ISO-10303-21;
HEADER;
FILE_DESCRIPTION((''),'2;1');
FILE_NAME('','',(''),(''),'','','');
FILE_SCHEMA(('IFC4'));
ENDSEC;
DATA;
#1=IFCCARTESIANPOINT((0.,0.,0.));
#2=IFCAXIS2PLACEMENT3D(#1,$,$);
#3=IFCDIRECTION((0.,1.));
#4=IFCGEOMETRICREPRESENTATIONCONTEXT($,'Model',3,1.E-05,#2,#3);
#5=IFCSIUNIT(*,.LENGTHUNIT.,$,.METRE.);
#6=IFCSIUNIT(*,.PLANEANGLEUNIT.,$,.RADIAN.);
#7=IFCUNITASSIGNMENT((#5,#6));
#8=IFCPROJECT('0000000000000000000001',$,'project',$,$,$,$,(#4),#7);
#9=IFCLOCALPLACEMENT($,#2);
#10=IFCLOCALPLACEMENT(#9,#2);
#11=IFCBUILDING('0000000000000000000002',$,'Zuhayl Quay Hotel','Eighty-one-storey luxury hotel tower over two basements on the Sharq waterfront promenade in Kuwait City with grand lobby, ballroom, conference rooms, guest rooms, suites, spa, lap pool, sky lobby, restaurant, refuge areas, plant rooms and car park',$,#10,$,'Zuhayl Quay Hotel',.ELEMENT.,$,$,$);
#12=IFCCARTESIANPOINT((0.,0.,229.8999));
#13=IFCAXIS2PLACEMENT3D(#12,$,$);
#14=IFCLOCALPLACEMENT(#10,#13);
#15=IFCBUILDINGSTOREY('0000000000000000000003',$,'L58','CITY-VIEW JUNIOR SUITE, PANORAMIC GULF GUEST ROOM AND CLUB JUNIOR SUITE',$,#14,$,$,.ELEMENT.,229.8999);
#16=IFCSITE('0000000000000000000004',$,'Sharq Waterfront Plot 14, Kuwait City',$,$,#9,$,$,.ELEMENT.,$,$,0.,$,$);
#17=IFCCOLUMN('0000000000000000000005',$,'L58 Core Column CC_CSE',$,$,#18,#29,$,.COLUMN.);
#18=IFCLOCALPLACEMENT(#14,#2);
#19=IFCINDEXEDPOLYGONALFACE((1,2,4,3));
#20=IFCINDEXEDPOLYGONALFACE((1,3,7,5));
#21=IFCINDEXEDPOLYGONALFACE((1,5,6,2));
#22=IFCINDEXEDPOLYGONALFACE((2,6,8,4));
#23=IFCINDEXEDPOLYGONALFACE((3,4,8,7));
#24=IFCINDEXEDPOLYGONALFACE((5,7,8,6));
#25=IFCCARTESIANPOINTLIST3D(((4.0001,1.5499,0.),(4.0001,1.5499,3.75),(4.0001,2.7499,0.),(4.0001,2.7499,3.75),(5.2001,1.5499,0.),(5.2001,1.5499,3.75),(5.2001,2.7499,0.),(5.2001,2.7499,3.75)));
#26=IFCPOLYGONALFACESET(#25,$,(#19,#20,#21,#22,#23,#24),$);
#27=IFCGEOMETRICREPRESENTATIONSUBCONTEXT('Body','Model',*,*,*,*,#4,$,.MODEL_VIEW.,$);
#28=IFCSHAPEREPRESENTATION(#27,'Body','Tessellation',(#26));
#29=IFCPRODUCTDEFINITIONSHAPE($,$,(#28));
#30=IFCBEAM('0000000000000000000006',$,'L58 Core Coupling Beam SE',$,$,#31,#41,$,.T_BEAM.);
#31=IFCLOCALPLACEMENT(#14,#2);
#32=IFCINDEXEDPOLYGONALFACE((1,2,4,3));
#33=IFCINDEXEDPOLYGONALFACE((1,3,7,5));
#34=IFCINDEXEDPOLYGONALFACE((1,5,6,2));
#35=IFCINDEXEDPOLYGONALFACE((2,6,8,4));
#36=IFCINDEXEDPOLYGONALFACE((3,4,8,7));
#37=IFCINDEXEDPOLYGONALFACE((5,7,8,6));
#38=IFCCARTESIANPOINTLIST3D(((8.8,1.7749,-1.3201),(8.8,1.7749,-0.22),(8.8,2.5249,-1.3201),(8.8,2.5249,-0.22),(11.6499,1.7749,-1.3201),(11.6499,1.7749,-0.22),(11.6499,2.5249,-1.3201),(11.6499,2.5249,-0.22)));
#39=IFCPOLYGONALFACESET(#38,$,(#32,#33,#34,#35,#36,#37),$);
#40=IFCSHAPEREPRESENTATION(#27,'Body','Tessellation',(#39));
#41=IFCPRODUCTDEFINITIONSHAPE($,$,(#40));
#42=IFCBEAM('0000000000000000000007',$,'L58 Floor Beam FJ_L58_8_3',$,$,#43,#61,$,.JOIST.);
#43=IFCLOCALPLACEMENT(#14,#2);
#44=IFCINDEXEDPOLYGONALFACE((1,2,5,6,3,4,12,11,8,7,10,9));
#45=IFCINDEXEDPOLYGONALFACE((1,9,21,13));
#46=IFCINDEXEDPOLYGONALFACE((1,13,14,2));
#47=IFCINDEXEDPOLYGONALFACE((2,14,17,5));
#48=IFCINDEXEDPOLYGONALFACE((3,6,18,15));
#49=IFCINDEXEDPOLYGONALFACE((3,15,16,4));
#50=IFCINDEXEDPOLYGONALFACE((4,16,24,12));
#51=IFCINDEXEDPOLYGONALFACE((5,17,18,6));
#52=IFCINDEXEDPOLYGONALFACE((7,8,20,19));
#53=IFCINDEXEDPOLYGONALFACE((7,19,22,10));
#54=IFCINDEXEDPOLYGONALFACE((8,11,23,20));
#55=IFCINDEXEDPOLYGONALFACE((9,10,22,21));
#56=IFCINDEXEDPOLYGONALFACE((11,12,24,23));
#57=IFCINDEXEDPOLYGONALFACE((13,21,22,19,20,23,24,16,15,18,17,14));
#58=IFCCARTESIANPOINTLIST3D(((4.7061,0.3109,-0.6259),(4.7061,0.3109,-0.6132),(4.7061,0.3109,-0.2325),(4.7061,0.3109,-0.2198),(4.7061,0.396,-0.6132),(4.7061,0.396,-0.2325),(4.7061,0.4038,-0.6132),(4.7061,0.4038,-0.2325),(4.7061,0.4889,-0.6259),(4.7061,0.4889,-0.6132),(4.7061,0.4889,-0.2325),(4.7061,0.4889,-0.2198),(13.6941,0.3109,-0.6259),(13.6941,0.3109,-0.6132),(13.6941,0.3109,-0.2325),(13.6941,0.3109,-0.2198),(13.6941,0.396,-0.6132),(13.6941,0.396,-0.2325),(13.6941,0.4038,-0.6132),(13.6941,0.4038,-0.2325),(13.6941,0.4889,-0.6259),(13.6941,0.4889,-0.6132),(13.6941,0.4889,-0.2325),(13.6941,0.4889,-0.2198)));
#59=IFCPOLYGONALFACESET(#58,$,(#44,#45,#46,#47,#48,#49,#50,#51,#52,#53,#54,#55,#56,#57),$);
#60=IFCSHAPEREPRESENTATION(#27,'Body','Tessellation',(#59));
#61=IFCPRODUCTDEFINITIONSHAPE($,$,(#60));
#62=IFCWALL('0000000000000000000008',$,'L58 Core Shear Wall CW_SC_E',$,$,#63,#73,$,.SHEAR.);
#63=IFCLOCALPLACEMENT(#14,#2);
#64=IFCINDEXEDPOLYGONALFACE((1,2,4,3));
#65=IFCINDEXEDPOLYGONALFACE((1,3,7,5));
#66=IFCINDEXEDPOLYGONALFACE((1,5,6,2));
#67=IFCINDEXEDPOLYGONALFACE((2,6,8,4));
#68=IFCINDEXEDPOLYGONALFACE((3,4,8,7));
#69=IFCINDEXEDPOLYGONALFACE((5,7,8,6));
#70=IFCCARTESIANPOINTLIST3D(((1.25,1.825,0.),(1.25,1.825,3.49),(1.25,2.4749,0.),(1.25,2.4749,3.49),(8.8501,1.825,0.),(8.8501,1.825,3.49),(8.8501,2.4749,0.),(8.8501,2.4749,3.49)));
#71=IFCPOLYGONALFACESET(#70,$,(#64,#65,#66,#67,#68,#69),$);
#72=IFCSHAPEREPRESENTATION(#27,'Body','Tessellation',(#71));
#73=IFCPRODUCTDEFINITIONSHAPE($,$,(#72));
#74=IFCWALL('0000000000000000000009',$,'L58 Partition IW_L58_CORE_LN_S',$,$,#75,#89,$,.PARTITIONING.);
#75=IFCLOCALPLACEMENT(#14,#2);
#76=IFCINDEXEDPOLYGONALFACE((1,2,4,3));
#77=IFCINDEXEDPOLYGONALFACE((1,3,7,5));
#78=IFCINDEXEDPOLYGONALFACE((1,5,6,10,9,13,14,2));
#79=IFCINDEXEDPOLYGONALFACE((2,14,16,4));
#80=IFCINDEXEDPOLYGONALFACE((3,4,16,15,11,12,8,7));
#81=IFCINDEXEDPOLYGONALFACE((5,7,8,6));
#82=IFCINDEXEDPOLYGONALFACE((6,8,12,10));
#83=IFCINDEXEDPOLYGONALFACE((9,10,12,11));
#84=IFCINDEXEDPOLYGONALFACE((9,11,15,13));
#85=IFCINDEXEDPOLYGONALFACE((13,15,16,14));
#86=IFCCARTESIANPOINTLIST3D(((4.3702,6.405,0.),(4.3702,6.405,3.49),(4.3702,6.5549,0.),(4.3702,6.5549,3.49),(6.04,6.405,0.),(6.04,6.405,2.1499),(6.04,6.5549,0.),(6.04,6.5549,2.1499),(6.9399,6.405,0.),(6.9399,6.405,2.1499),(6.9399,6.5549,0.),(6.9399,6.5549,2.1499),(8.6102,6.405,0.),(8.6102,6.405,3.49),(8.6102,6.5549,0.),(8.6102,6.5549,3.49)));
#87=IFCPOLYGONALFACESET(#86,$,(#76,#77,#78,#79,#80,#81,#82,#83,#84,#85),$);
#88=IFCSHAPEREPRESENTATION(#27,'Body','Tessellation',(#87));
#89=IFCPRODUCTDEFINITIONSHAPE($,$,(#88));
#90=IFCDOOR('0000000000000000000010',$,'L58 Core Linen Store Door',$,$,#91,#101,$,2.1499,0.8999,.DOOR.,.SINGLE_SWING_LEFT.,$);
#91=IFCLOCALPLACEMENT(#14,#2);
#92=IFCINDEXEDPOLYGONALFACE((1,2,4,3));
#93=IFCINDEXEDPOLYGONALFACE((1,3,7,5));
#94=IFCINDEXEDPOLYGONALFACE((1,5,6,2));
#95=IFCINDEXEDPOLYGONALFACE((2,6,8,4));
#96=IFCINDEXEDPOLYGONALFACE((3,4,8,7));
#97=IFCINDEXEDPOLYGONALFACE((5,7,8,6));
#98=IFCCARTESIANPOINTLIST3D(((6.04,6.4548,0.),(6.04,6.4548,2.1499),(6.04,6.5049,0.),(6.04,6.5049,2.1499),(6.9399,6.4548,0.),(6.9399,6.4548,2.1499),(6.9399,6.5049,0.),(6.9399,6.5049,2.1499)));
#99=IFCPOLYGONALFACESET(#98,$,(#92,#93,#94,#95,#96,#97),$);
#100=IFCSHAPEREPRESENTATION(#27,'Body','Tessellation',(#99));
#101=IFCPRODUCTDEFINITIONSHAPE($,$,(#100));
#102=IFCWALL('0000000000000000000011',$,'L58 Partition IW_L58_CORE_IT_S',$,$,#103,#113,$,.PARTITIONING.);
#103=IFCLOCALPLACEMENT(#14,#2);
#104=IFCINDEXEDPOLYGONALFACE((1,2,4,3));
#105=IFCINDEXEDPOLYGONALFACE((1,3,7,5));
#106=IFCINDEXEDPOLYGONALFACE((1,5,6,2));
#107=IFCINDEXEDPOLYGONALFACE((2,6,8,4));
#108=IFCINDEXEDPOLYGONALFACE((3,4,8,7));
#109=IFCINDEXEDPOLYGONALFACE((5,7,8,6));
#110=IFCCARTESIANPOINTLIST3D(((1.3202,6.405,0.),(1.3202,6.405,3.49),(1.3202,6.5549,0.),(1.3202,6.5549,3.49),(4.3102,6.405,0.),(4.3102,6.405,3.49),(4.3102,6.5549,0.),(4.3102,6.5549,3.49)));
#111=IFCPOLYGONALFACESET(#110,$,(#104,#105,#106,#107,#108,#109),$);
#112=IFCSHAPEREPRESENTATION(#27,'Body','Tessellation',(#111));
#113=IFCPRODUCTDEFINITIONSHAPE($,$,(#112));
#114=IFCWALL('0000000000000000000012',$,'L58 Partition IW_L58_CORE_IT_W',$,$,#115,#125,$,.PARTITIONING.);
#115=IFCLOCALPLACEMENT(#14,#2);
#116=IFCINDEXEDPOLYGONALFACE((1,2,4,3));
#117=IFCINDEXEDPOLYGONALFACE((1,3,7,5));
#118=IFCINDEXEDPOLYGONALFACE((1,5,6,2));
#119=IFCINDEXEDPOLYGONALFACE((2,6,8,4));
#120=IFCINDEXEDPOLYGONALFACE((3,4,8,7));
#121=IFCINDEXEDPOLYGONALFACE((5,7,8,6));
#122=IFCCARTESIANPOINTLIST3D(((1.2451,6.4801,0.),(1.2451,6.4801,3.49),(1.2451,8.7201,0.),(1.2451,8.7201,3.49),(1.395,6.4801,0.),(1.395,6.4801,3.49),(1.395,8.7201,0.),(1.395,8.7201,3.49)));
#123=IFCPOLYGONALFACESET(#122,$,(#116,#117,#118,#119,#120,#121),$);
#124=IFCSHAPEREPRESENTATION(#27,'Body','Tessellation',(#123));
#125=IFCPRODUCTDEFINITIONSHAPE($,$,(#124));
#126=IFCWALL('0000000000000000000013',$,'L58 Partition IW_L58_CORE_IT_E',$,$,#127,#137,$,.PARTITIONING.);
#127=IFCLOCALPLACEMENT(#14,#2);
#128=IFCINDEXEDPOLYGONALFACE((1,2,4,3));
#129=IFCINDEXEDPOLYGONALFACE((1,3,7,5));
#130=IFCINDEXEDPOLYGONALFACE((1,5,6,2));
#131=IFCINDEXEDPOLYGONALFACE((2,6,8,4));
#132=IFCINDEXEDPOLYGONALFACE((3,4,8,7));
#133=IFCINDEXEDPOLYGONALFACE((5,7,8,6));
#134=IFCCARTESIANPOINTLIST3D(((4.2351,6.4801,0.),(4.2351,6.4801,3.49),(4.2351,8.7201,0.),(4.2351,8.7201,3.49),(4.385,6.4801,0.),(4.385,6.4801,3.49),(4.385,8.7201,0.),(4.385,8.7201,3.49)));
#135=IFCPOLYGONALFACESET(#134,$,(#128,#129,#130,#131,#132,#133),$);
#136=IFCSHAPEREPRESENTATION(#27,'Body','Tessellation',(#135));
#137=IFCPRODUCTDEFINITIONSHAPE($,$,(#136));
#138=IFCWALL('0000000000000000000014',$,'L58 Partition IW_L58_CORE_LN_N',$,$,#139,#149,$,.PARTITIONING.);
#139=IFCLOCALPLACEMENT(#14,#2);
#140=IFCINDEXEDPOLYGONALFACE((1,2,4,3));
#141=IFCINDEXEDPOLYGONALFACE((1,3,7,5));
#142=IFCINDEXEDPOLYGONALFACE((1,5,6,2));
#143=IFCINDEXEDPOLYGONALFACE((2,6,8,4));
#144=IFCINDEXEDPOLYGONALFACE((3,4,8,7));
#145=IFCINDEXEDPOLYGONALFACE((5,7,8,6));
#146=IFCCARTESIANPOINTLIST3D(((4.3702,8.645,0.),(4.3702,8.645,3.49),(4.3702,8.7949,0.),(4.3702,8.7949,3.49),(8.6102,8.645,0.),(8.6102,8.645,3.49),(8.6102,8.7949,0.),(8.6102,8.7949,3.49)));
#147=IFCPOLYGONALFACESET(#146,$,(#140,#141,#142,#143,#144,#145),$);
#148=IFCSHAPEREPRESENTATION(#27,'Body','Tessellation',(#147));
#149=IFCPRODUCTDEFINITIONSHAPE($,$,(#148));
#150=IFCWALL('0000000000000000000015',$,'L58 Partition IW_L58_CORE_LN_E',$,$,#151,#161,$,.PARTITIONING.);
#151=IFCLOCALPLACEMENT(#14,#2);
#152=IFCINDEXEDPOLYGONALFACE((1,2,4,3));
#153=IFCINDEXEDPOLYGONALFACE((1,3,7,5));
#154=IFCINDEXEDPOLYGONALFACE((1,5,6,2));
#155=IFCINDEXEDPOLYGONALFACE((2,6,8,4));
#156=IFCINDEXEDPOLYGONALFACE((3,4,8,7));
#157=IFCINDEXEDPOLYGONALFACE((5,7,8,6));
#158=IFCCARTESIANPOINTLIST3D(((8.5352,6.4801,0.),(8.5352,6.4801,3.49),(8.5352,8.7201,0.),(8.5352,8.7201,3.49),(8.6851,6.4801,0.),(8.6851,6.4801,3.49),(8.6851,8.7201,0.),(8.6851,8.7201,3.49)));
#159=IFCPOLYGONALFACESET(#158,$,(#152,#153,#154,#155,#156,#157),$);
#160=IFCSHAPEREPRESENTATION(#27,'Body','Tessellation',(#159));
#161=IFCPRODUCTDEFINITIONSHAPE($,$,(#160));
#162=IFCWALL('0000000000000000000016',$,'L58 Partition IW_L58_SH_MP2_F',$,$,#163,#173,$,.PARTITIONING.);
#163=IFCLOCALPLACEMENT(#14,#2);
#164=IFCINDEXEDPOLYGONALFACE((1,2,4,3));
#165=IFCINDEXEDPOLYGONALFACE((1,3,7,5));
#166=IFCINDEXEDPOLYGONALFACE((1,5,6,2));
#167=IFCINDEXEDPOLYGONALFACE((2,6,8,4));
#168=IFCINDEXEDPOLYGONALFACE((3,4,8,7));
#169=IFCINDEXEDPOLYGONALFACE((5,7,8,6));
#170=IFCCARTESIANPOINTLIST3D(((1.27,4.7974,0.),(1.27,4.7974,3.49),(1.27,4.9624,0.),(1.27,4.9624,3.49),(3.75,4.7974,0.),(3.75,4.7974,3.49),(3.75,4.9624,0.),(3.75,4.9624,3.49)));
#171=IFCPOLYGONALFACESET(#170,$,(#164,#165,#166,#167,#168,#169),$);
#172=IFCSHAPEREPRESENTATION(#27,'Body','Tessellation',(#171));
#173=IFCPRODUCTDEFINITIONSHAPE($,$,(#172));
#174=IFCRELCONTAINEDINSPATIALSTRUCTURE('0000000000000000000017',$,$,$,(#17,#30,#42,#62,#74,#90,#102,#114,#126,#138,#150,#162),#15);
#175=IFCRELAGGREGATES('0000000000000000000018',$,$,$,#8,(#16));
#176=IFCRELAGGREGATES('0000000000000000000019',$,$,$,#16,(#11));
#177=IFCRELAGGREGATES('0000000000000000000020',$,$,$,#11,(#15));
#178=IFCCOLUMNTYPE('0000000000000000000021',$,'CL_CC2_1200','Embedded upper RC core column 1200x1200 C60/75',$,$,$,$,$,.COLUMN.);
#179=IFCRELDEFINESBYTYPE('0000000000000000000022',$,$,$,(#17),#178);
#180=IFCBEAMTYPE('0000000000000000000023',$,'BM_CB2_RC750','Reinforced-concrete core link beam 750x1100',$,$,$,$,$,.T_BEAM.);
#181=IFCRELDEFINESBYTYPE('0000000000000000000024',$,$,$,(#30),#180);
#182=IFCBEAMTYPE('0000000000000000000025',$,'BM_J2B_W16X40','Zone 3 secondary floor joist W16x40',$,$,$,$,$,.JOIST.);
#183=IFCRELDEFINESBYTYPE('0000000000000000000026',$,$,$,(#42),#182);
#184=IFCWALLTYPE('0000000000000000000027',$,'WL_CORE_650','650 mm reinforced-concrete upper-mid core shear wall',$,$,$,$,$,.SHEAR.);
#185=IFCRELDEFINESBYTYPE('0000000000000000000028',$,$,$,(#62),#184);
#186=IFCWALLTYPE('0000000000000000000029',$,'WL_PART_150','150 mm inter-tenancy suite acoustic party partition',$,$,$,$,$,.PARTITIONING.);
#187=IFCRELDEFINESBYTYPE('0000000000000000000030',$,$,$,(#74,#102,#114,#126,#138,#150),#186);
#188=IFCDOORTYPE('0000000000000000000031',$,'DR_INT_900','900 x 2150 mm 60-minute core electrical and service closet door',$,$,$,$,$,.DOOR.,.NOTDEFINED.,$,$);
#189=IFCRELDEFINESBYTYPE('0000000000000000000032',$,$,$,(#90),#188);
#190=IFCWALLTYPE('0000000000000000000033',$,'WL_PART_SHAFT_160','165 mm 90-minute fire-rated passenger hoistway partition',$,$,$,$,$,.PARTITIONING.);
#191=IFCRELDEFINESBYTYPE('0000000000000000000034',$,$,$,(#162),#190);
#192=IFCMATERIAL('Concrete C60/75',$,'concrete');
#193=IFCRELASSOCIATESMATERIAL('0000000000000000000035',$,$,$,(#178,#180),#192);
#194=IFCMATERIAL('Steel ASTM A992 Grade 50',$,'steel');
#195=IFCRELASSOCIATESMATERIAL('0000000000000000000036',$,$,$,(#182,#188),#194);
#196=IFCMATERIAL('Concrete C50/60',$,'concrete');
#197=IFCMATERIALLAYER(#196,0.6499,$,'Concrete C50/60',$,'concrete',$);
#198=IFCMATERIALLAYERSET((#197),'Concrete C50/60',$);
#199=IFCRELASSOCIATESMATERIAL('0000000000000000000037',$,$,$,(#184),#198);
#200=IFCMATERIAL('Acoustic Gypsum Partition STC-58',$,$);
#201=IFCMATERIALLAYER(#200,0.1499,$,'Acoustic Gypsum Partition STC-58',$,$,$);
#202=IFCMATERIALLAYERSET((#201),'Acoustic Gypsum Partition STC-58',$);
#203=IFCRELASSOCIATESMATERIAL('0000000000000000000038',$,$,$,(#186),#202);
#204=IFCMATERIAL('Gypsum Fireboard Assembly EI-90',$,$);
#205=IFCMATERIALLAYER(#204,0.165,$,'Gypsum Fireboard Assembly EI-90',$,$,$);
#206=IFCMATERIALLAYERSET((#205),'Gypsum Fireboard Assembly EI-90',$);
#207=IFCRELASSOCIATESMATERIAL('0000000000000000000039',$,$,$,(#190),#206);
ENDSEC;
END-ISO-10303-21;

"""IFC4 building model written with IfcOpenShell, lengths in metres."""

from ifc_helpers import new_model, si_unit, direction, frame, frame_2d, origin, origin_2d, place, context, subcontext, project, spatial, rectangle, i_section, extrude, material, layer, layer_set, material_profile, profile_set, type_object, element, fill, save


model = new_model("IFC4")

# Units and contexts
model_context = context("Model", 3, precision=1e-05, world=origin(), true_north=direction((0.0, 1.0)))
body_context = subcontext(model_context, "Body", "Model", "MODEL_VIEW")
ifc_project = project(units=[si_unit("LENGTHUNIT", "METRE"), si_unit("PLANEANGLEUNIT", "RADIAN")], contexts=[model_context])

# Site, building, storey
site_placement = place(None, origin())
site = spatial("IfcSite", under=ifc_project, at=site_placement, Name="Sharq Waterfront Plot 14, Kuwait City", CompositionType="ELEMENT", RefElevation=0.0)
building_placement = place(site_placement, origin())
building = spatial("IfcBuilding", under=site, at=building_placement, Name="Zuhayl Quay Hotel", Description="Eighty-one-storey luxury hotel tower over two basements on the Sharq waterfront promenade in Kuwait City with grand lobby, ballroom, conference rooms, guest rooms, suites, spa, lap pool, sky lobby, restaurant, refuge areas, plant rooms and car park", LongName="Zuhayl Quay Hotel", CompositionType="ELEMENT")
storey_placement = place(building_placement, frame((0.0, 0.0, 229.8999)))
storey = spatial("IfcBuildingStorey", under=building, at=storey_placement, Name="L58", Description="CITY-VIEW JUNIOR SUITE, PANORAMIC GULF GUEST ROOM AND CLUB JUNIOR SUITE", CompositionType="ELEMENT", Elevation=229.8999)

# Column
ifc_material_1 = material(Name="Concrete C60/75", Category="concrete")
ifc_material_profile_1 = material_profile(ifc_material_1, rectangle(XDim=1.2, YDim=1.2, at=origin_2d()), Name="RC1200X1200")
ifc_profile_set_1 = profile_set([ifc_material_profile_1], Name="Concrete C60/75")
column_type = type_object("IfcColumnType", Name="CL_CC2_1200", Description="Embedded upper RC core column 1200x1200 C60/75", PredefinedType="COLUMN", material=ifc_profile_set_1)
column_placement = place(storey_placement, frame((4.6001, 2.1499, 0.0), z_axis=(0.0, 0.0, 1.0), x_axis=(1.0, 0.0, 0.0)))
element("IfcColumn", 1, at=column_placement, inside=storey, type_object=column_type, Name="L58 Core Column CC_CSE", PredefinedType="COLUMN", context=body_context, shape_type="SweptSolid", body=[
    extrude(rectangle(XDim=1.2, YDim=1.2, at=origin_2d()), origin(), (0.0, 0.0, 1.0), 3.75),
])

# Beams
ifc_material_profile_2 = material_profile(ifc_material_1, rectangle(XDim=0.75, YDim=1.1001, at=origin_2d()), Name="RC750X1100")
ifc_profile_set_2 = profile_set([ifc_material_profile_2], Name="Concrete C60/75")
beam_type_1 = type_object("IfcBeamType", Name="BM_CB2_RC750", Description="Reinforced-concrete core link beam 750x1100", PredefinedType="T_BEAM", material=ifc_profile_set_2)
beam_1_placement = place(storey_placement, frame((8.8, 2.1499, -0.77), z_axis=(1.0, 0.0, 0.0), x_axis=(0.0, 1.0, 0.0)))
element("IfcBeam", 2, at=beam_1_placement, inside=storey, type_object=beam_type_1, Name="L58 Core Coupling Beam SE", PredefinedType="T_BEAM", context=body_context, shape_type="SweptSolid", body=[
    extrude(rectangle(XDim=0.75, YDim=1.1001, at=origin_2d()), origin(), (0.0, 0.0, 1.0), 2.8499),
])
ifc_material_2 = material(Name="Steel ASTM A992 Grade 50", Category="steel")
ifc_material_profile_3 = material_profile(ifc_material_2, i_section(OverallWidth=0.178, OverallDepth=0.406, WebThickness=0.0078, FlangeThickness=0.0127, at=origin_2d()), Name="W16X40")
ifc_profile_set_3 = profile_set([ifc_material_profile_3], Name="Steel ASTM A992 Grade 50")
beam_type_2 = type_object("IfcBeamType", Name="BM_J2B_W16X40", Description="Zone 3 secondary floor joist W16x40", PredefinedType="JOIST", material=ifc_profile_set_3)
beam_2_placement = place(storey_placement, frame((4.7061, 0.3999, -0.4229), z_axis=(1.0, 0.0, 0.0), x_axis=(0.0, 1.0, 0.0)))
element("IfcBeam", 3, at=beam_2_placement, inside=storey, type_object=beam_type_2, Name="L58 Floor Beam FJ_L58_8_3", PredefinedType="JOIST", context=body_context, shape_type="SweptSolid", body=[
    extrude(i_section(OverallWidth=0.178, OverallDepth=0.406, WebThickness=0.0078, FlangeThickness=0.0127, at=origin_2d()), origin(), (0.0, 0.0, 1.0), 8.988),
])

# Wall
ifc_material_3 = material(Name="Concrete C50/60", Category="concrete")
ifc_layer_1 = layer(ifc_material_3, 0.6499, Name="Concrete C50/60", Category="concrete")
ifc_layer_set_1 = layer_set([ifc_layer_1], Name="Concrete C50/60")
wall_type_1 = type_object("IfcWallType", Name="WL_CORE_650", Description="650 mm reinforced-concrete upper-mid core shear wall", PredefinedType="SHEAR", material=ifc_layer_set_1)
wall_1_placement = place(storey_placement, frame((1.25, 2.1499, 0.0), z_axis=(0.0, 0.0, 1.0), x_axis=(1.0, 0.0, 0.0)))
element("IfcWall", 4, at=wall_1_placement, inside=storey, type_object=wall_type_1, Name="L58 Core Shear Wall CW_SC_E", PredefinedType="SHEAR", context=body_context, shape_type="SweptSolid", body=[
    extrude(rectangle(XDim=7.6001, YDim=0.6499, at=frame_2d((3.8, 0.0))), origin(), (0.0, 0.0, 1.0), 3.49),
])

# Wall, opening, door
ifc_material_4 = material(Name="Acoustic Gypsum Partition STC-58")
ifc_layer_2 = layer(ifc_material_4, 0.1499, Name="Acoustic Gypsum Partition STC-58")
ifc_layer_set_2 = layer_set([ifc_layer_2], Name="Acoustic Gypsum Partition STC-58")
wall_type_2 = type_object("IfcWallType", Name="WL_PART_150", Description="150 mm inter-tenancy suite acoustic party partition", PredefinedType="PARTITIONING", material=ifc_layer_set_2)
door_type = type_object("IfcDoorType", Name="DR_INT_900", Description="900 x 2150 mm 60-minute core electrical and service closet door", OperationType="NOTDEFINED", PredefinedType="DOOR", material=ifc_material_2)
wall_2_placement = place(storey_placement, frame((4.3701, 6.48, 0.0), z_axis=(0.0, 0.0, 1.0), x_axis=(1.0, 0.0, 0.0)))
wall_2 = element("IfcWall", 5, at=wall_2_placement, inside=storey, type_object=wall_type_2, Name="L58 Partition IW_L58_CORE_LN_S", PredefinedType="PARTITIONING", context=body_context, shape_type="SweptSolid", body=[
    extrude(rectangle(XDim=4.24, YDim=0.1499, at=frame_2d((2.1201, 0.0))), origin(), (0.0, 0.0, 1.0), 3.49),
])
opening_1_placement = place(wall_2_placement, frame((1.6699, 0.0, 0.0)))
opening_1 = element("IfcOpeningElement", 6, at=opening_1_placement, cuts=wall_2, PredefinedType="OPENING", context=body_context, shape_type="SweptSolid", body=[
    extrude(rectangle(XDim=0.8999, YDim=2.1499, at=frame_2d((0.45, 1.075))), frame((0.0, 0.085, 0.0), z_axis=(0.0, -1.0, 0.0), x_axis=(1.0, 0.0, 0.0)), (0.0, 0.0, 1.0), 0.1699),
])
door_1_placement = place(opening_1_placement, origin())
door_1 = element("IfcDoor", 7, at=door_1_placement, inside=storey, type_object=door_type, Name="L58 Core Linen Store Door", OperationType="SINGLE_SWING_LEFT", OverallHeight=2.1499, OverallWidth=0.8999, PredefinedType="DOOR", context=body_context, shape_type="SweptSolid", body=[
    extrude(rectangle(XDim=0.8999, YDim=2.1499, at=frame_2d((0.45, 1.075))), frame((0.0, 0.0249, 0.0), z_axis=(0.0, -1.0, 0.0), x_axis=(1.0, 0.0, 0.0)), (0.0, 0.0, 1.0), 0.05),
])
fill(opening_1, door_1)

# Walls
wall_3_placement = place(storey_placement, frame((1.3201, 6.48, 0.0), z_axis=(0.0, 0.0, 1.0), x_axis=(1.0, 0.0, 0.0)))
element("IfcWall", 8, at=wall_3_placement, inside=storey, type_object=wall_type_2, Name="L58 Partition IW_L58_CORE_IT_S", PredefinedType="PARTITIONING", context=body_context, shape_type="SweptSolid", body=[
    extrude(rectangle(XDim=2.99, YDim=0.1499, at=frame_2d((1.4951, 0.0))), origin(), (0.0, 0.0, 1.0), 3.49),
])
for number, where, z_axis, x_axis, name in (
    (9, (1.3201, 6.48, 0.0), (0.0, 0.0, 1.0), (0.0, 1.0, 0.0), "L58 Partition IW_L58_CORE_IT_W"),
    (10, (4.3101, 6.48, 0.0), (0.0, 0.0, 1.0), (0.0, 1.0, 0.0), "L58 Partition IW_L58_CORE_IT_E"),
):
    element("IfcWall", number, at=place(storey_placement, frame(where, z_axis=z_axis, x_axis=x_axis)), inside=storey, type_object=wall_type_2, Name=name, PredefinedType="PARTITIONING", context=body_context, shape_type="SweptSolid", body=[
        extrude(rectangle(XDim=2.24, YDim=0.1499, at=frame_2d((1.1201, 0.0))), origin(), (0.0, 0.0, 1.0), 3.49),
    ])
wall_4_placement = place(storey_placement, frame((4.3701, 8.72, 0.0), z_axis=(0.0, 0.0, 1.0), x_axis=(1.0, 0.0, 0.0)))
element("IfcWall", 11, at=wall_4_placement, inside=storey, type_object=wall_type_2, Name="L58 Partition IW_L58_CORE_LN_N", PredefinedType="PARTITIONING", context=body_context, shape_type="SweptSolid", body=[
    extrude(rectangle(XDim=4.24, YDim=0.1499, at=frame_2d((2.1201, 0.0))), origin(), (0.0, 0.0, 1.0), 3.49),
])
wall_5_placement = place(storey_placement, frame((8.6101, 6.48, 0.0), z_axis=(0.0, 0.0, 1.0), x_axis=(0.0, 1.0, 0.0)))
element("IfcWall", 12, at=wall_5_placement, inside=storey, type_object=wall_type_2, Name="L58 Partition IW_L58_CORE_LN_E", PredefinedType="PARTITIONING", context=body_context, shape_type="SweptSolid", body=[
    extrude(rectangle(XDim=2.24, YDim=0.1499, at=frame_2d((1.1201, 0.0))), origin(), (0.0, 0.0, 1.0), 3.49),
])
ifc_material_5 = material(Name="Gypsum Fireboard Assembly EI-90")
ifc_layer_3 = layer(ifc_material_5, 0.165, Name="Gypsum Fireboard Assembly EI-90")
ifc_layer_set_3 = layer_set([ifc_layer_3], Name="Gypsum Fireboard Assembly EI-90")
wall_type_3 = type_object("IfcWallType", Name="WL_PART_SHAFT_160", Description="165 mm 90-minute fire-rated passenger hoistway partition", PredefinedType="PARTITIONING", material=ifc_layer_set_3)
wall_6_placement = place(storey_placement, frame((1.27, 4.8799, 0.0), z_axis=(0.0, 0.0, 1.0), x_axis=(1.0, 0.0, 0.0)))
element("IfcWall", 13, at=wall_6_placement, inside=storey, type_object=wall_type_3, Name="L58 Partition IW_L58_SH_MP2_F", PredefinedType="PARTITIONING", context=body_context, shape_type="SweptSolid", body=[
    extrude(rectangle(XDim=2.48, YDim=0.165, at=frame_2d((1.24, 0.0))), origin(), (0.0, 0.0, 1.0), 3.49),
])

save(model, "model.ifc")
